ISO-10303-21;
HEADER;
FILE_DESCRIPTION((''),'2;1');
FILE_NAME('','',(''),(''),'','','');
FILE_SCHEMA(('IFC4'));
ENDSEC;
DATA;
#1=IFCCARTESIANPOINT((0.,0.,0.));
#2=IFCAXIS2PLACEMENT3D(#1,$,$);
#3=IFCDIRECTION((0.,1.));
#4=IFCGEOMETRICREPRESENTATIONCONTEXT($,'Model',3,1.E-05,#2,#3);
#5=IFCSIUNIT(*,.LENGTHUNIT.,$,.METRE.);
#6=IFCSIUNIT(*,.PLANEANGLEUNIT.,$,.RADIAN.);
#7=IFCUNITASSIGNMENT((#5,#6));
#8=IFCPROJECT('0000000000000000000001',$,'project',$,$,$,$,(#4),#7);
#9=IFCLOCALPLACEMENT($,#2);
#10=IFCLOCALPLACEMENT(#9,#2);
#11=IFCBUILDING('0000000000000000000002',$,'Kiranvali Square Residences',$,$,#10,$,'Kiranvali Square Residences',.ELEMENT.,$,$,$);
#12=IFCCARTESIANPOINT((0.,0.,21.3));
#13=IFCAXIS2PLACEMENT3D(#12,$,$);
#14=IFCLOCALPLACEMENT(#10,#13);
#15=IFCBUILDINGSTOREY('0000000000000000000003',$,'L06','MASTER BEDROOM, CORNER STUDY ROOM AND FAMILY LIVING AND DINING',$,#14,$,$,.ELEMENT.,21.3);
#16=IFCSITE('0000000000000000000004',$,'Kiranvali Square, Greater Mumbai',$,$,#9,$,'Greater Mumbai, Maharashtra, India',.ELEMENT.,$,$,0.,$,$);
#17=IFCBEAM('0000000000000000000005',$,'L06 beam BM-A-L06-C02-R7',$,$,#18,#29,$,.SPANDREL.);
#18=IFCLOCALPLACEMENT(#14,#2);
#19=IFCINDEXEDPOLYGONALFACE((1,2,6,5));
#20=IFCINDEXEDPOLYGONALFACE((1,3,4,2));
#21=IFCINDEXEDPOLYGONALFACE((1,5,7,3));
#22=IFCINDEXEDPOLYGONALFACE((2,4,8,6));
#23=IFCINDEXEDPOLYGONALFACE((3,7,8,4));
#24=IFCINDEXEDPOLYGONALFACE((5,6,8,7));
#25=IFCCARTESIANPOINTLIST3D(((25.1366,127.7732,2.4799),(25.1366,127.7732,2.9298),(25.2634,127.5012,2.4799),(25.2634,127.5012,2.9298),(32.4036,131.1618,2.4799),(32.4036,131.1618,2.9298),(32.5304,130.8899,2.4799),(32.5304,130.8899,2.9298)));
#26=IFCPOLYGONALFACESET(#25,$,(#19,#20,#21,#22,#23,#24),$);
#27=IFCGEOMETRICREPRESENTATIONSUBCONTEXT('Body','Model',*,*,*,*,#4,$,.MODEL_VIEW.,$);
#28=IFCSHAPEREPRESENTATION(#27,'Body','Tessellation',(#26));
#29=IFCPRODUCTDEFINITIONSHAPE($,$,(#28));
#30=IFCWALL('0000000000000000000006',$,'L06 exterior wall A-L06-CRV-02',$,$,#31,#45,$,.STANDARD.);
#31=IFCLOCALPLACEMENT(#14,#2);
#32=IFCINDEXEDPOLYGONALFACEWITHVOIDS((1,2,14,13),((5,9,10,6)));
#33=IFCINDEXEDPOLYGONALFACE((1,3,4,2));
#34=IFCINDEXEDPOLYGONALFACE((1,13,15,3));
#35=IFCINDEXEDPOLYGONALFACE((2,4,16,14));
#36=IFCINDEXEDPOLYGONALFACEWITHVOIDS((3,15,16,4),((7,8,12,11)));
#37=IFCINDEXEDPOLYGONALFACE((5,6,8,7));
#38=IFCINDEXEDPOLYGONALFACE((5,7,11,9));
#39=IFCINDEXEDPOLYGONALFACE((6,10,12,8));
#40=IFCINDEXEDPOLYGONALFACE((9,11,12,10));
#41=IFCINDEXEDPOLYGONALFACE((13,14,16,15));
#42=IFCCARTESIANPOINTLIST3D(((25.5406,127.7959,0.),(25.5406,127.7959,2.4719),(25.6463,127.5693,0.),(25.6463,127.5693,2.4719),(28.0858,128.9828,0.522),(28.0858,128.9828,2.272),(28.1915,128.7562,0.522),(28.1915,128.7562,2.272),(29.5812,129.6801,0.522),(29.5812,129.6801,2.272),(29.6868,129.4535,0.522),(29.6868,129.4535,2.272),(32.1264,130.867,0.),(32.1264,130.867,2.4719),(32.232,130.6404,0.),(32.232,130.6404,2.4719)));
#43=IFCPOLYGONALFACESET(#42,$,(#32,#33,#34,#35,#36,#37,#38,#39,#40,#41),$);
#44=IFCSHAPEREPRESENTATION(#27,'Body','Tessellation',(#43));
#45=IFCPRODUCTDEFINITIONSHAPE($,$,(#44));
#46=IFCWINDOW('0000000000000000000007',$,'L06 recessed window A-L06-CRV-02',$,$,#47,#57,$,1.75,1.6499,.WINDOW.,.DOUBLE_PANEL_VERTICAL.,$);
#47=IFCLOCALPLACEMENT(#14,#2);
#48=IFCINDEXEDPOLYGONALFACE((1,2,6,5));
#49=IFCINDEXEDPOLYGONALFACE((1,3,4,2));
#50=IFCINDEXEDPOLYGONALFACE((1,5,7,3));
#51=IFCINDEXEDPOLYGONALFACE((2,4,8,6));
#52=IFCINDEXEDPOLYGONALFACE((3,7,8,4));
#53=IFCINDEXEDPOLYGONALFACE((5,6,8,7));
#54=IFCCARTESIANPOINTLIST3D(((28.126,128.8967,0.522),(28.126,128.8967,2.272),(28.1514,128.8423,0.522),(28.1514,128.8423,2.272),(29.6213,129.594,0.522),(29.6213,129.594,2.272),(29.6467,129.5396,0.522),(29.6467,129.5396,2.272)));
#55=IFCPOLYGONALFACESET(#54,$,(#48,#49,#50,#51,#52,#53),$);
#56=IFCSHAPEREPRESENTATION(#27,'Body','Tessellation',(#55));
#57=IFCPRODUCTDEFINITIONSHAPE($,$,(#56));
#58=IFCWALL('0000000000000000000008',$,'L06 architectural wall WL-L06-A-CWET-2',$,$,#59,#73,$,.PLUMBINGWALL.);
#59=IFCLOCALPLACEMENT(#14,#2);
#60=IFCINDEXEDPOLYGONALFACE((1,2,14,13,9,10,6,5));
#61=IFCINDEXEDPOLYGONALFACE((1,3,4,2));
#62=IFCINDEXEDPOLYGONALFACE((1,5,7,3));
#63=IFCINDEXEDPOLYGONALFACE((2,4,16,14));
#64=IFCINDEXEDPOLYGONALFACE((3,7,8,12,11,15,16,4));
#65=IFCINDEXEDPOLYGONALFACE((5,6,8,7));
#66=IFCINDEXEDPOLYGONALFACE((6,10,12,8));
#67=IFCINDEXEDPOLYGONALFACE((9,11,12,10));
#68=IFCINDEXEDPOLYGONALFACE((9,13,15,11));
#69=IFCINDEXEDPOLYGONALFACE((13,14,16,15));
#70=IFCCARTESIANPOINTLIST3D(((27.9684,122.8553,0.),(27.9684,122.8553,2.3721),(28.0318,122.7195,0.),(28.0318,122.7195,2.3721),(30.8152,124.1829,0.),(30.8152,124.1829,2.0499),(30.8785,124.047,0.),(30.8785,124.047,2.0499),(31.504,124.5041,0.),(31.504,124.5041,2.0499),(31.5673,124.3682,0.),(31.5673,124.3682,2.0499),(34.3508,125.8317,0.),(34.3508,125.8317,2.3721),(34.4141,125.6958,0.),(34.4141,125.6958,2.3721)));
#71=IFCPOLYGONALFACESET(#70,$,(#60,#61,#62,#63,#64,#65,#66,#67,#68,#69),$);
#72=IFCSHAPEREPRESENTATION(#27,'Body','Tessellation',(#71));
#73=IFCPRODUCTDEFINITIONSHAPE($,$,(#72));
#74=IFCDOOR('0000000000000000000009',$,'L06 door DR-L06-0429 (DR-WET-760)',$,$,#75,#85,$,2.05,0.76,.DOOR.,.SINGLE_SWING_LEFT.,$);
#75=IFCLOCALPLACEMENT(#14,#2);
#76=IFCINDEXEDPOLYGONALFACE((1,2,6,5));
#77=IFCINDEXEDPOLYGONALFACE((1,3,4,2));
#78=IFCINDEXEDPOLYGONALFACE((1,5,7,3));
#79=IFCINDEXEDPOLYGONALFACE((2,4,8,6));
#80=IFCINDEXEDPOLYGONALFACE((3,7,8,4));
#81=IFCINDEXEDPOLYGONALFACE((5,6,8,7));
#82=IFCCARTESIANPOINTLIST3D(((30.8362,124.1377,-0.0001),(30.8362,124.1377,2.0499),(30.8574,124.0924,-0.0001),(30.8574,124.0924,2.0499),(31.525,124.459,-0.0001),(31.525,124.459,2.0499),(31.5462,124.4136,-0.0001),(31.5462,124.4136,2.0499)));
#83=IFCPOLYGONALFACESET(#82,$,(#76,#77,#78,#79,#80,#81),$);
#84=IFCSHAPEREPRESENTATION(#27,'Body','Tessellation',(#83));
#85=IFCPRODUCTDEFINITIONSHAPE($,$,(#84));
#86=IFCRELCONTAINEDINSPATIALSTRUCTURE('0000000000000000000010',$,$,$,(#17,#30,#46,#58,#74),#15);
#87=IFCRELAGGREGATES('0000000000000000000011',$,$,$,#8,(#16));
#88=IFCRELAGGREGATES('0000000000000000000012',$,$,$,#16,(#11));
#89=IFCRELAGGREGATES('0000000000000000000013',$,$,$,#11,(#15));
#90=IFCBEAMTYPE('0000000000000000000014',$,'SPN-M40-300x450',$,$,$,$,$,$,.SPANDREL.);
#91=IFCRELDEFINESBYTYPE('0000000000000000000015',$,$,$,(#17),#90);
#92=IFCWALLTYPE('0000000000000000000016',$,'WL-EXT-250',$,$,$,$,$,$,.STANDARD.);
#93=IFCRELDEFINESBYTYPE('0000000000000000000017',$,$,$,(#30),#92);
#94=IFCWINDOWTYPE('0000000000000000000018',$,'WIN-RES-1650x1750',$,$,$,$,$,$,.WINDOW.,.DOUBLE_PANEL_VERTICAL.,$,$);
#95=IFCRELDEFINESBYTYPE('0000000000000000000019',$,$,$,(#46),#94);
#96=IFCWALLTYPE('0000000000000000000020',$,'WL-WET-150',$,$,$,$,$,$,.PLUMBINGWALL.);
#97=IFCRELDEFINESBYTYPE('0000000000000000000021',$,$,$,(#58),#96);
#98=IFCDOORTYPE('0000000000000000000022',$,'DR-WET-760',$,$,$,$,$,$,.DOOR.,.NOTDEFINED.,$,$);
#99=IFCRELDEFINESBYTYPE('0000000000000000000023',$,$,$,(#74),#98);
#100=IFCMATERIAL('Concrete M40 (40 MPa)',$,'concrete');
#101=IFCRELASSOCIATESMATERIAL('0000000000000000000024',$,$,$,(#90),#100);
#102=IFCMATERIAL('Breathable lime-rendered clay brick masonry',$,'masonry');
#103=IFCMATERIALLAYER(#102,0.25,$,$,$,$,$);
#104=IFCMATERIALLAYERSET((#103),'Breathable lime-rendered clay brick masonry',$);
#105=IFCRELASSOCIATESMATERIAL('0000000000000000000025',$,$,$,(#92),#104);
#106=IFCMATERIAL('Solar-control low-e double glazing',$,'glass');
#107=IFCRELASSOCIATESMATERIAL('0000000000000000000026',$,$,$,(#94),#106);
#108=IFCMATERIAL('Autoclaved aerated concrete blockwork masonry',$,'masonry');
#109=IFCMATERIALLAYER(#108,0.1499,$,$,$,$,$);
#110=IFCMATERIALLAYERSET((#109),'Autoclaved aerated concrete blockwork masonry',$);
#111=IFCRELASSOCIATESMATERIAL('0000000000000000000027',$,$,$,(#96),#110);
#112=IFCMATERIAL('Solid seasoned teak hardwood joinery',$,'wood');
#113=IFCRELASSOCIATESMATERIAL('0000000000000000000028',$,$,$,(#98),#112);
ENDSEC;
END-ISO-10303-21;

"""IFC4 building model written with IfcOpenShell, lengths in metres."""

from ifc_helpers import new_model, si_unit, direction, frame, frame_2d, origin, origin_2d, place, context, subcontext, project, spatial, rectangle, extrude, material, layer, layer_set, material_profile, profile_set, type_object, element, fill, save


model = new_model("IFC4")

# Units and contexts
model_context = context("Model", 3, precision=1e-05, world=origin(), true_north=direction((0.0, 1.0)))
body_context = subcontext(model_context, "Body", "Model", "MODEL_VIEW")
ifc_project = project(units=[si_unit("LENGTHUNIT", "METRE"), si_unit("PLANEANGLEUNIT", "RADIAN")], contexts=[model_context])

# Site, building, storey
site_placement = place(None, origin())
site = spatial("IfcSite", under=ifc_project, at=site_placement, Name="Kiranvali Square, Greater Mumbai", LongName="Greater Mumbai, Maharashtra, India", CompositionType="ELEMENT", RefElevation=0.0)
building_placement = place(site_placement, origin())
building = spatial("IfcBuilding", under=site, at=building_placement, Name="Kiranvali Square Residences", LongName="Kiranvali Square Residences", CompositionType="ELEMENT")
storey_placement = place(building_placement, frame((0.0, 0.0, 21.3)))
storey = spatial("IfcBuildingStorey", under=building, at=storey_placement, Name="L06", Description="MASTER BEDROOM, CORNER STUDY ROOM AND FAMILY LIVING AND DINING", CompositionType="ELEMENT", Elevation=21.3)

# Beam
ifc_material_1 = material(Name="Concrete M40 (40 MPa)", Category="concrete")
ifc_material_profile_1 = material_profile(ifc_material_1, rectangle(XDim=0.3, YDim=0.45, at=origin_2d()), Name="RC 300x450")
ifc_profile_set_1 = profile_set([ifc_material_profile_1], Name="Concrete M40 (40 MPa)")
beam_type_1 = type_object("IfcBeamType", Name="SPN-M40-300x450", PredefinedType="SPANDREL", material=ifc_profile_set_1)
beam_1_placement = place(storey_placement, frame((32.467, 131.0259, 2.7048), z_axis=(-0.906309, -0.422615, 0.0), x_axis=(0.422615, -0.906309, 0.0)))
element("IfcBeam", 1, at=beam_1_placement, inside=storey, type_object=beam_type_1, Name="L06 beam BM-A-L06-C02-R7", PredefinedType="SPANDREL", context=body_context, shape_type="SweptSolid", body=[
    extrude(rectangle(XDim=0.3, YDim=0.45, at=origin_2d()), origin(), (0.0, 0.0, 1.0), 8.0183),
])

# Wall, opening, window
ifc_material_2 = material(Name="Breathable lime-rendered clay brick masonry", Category="masonry")
ifc_layer_1 = layer(ifc_material_2, 0.25)
ifc_layer_set_1 = layer_set([ifc_layer_1], Name="Breathable lime-rendered clay brick masonry")
wall_type_1 = type_object("IfcWallType", Name="WL-EXT-250", PredefinedType="STANDARD", material=ifc_layer_set_1)
wall_1_placement = place(storey_placement, frame((32.1792, 130.7537, 0.0), z_axis=(0.0, 0.0, 1.0), x_axis=(-0.906303, -0.422628, 0.0)))
wall_1 = element("IfcWall", 2, at=wall_1_placement, inside=storey, type_object=wall_type_1, Name="L06 exterior wall A-L06-CRV-02", PredefinedType="STANDARD", context=body_context, shape_type="SweptSolid", body=[
    extrude(rectangle(XDim=7.2666, YDim=0.25, at=frame_2d((3.6333, 0.0))), origin(), (0.0, 0.0, 1.0), 2.4719),
])
opening_1_placement = place(wall_1_placement, frame((2.8083, 0.0, 0.522)))
opening_1 = element("IfcOpeningElement", 3, at=opening_1_placement, cuts=wall_1, PredefinedType="OPENING", context=body_context, shape_type="SweptSolid", body=[
    extrude(rectangle(XDim=1.6499, YDim=1.75, at=frame_2d((0.825, 0.875))), frame((0.0, 0.135, 0.0), z_axis=(0.0, -1.0, 0.0), x_axis=(1.0, 0.0, 0.0)), (0.0, 0.0, 1.0), 0.27),
])
ifc_material_3 = material(Name="Solar-control low-e double glazing", Category="glass")
window_type = type_object("IfcWindowType", Name="WIN-RES-1650x1750", PartitioningType="DOUBLE_PANEL_VERTICAL", PredefinedType="WINDOW", material=ifc_material_3)
window_placement = place(opening_1_placement, origin())
window = element("IfcWindow", 4, at=window_placement, inside=storey, type_object=window_type, Name="L06 recessed window A-L06-CRV-02", OverallHeight=1.75, OverallWidth=1.6499, PartitioningType="DOUBLE_PANEL_VERTICAL", PredefinedType="WINDOW", context=body_context, shape_type="SweptSolid", body=[
    extrude(rectangle(XDim=1.6499, YDim=1.75, at=frame_2d((0.825, 0.875))), frame((0.0, 0.03, 0.0), z_axis=(0.0, -1.0, 0.0), x_axis=(1.0, 0.0, 0.0)), (0.0, 0.0, 1.0), 0.0601),
])
fill(opening_1, window)

# Wall, opening, door
ifc_material_4 = material(Name="Autoclaved aerated concrete blockwork masonry", Category="masonry")
ifc_layer_2 = layer(ifc_material_4, 0.1499)
ifc_layer_set_2 = layer_set([ifc_layer_2], Name="Autoclaved aerated concrete blockwork masonry")
wall_type_2 = type_object("IfcWallType", Name="WL-WET-150", PredefinedType="PLUMBINGWALL", material=ifc_layer_set_2)
wall_2_placement = place(storey_placement, frame((34.3823, 125.7637, 0.0), z_axis=(0.0, 0.0, 1.0), x_axis=(-0.906297, -0.422641, 0.0)))
wall_2 = element("IfcWall", 5, at=wall_2_placement, inside=storey, type_object=wall_type_2, Name="L06 architectural wall WL-L06-A-CWET-2", PredefinedType="PLUMBINGWALL", context=body_context, shape_type="SweptSolid", body=[
    extrude(rectangle(XDim=7.0422, YDim=0.1499, at=frame_2d((3.521, 0.0))), origin(), (0.0, 0.0, 1.0), 2.3721),
])
opening_2_placement = place(wall_2_placement, frame((3.1411, 0.0, 0.0)))
opening_2 = element("IfcOpeningElement", 6, at=opening_2_placement, cuts=wall_2, PredefinedType="OPENING", context=body_context, shape_type="SweptSolid", body=[
    extrude(rectangle(XDim=0.76, YDim=2.05, at=frame_2d((0.3799, 1.0249))), frame((0.0, 0.085, 0.0), z_axis=(0.0, -1.0, 0.0), x_axis=(1.0, 0.0, 0.0)), (0.0, 0.0, 1.0), 0.1699),
])
ifc_material_5 = material(Name="Solid seasoned teak hardwood joinery", Category="wood")
door_type = type_object("IfcDoorType", Name="DR-WET-760", OperationType="NOTDEFINED", PredefinedType="DOOR", material=ifc_material_5)
door_placement = place(opening_2_placement, origin())
door = element("IfcDoor", 7, at=door_placement, inside=storey, type_object=door_type, Name="L06 door DR-L06-0429 (DR-WET-760)", OperationType="SINGLE_SWING_LEFT", OverallHeight=2.05, OverallWidth=0.76, PredefinedType="DOOR", context=body_context, shape_type="SweptSolid", body=[
    extrude(rectangle(XDim=0.76, YDim=2.05, at=frame_2d((0.3799, 1.0249))), frame((0.0, 0.0249, 0.0), z_axis=(0.0, -1.0, 0.0), x_axis=(1.0, 0.0, 0.0)), (0.0, 0.0, 1.0), 0.05),
])
fill(opening_2, door)

save(model, "model.ifc")
